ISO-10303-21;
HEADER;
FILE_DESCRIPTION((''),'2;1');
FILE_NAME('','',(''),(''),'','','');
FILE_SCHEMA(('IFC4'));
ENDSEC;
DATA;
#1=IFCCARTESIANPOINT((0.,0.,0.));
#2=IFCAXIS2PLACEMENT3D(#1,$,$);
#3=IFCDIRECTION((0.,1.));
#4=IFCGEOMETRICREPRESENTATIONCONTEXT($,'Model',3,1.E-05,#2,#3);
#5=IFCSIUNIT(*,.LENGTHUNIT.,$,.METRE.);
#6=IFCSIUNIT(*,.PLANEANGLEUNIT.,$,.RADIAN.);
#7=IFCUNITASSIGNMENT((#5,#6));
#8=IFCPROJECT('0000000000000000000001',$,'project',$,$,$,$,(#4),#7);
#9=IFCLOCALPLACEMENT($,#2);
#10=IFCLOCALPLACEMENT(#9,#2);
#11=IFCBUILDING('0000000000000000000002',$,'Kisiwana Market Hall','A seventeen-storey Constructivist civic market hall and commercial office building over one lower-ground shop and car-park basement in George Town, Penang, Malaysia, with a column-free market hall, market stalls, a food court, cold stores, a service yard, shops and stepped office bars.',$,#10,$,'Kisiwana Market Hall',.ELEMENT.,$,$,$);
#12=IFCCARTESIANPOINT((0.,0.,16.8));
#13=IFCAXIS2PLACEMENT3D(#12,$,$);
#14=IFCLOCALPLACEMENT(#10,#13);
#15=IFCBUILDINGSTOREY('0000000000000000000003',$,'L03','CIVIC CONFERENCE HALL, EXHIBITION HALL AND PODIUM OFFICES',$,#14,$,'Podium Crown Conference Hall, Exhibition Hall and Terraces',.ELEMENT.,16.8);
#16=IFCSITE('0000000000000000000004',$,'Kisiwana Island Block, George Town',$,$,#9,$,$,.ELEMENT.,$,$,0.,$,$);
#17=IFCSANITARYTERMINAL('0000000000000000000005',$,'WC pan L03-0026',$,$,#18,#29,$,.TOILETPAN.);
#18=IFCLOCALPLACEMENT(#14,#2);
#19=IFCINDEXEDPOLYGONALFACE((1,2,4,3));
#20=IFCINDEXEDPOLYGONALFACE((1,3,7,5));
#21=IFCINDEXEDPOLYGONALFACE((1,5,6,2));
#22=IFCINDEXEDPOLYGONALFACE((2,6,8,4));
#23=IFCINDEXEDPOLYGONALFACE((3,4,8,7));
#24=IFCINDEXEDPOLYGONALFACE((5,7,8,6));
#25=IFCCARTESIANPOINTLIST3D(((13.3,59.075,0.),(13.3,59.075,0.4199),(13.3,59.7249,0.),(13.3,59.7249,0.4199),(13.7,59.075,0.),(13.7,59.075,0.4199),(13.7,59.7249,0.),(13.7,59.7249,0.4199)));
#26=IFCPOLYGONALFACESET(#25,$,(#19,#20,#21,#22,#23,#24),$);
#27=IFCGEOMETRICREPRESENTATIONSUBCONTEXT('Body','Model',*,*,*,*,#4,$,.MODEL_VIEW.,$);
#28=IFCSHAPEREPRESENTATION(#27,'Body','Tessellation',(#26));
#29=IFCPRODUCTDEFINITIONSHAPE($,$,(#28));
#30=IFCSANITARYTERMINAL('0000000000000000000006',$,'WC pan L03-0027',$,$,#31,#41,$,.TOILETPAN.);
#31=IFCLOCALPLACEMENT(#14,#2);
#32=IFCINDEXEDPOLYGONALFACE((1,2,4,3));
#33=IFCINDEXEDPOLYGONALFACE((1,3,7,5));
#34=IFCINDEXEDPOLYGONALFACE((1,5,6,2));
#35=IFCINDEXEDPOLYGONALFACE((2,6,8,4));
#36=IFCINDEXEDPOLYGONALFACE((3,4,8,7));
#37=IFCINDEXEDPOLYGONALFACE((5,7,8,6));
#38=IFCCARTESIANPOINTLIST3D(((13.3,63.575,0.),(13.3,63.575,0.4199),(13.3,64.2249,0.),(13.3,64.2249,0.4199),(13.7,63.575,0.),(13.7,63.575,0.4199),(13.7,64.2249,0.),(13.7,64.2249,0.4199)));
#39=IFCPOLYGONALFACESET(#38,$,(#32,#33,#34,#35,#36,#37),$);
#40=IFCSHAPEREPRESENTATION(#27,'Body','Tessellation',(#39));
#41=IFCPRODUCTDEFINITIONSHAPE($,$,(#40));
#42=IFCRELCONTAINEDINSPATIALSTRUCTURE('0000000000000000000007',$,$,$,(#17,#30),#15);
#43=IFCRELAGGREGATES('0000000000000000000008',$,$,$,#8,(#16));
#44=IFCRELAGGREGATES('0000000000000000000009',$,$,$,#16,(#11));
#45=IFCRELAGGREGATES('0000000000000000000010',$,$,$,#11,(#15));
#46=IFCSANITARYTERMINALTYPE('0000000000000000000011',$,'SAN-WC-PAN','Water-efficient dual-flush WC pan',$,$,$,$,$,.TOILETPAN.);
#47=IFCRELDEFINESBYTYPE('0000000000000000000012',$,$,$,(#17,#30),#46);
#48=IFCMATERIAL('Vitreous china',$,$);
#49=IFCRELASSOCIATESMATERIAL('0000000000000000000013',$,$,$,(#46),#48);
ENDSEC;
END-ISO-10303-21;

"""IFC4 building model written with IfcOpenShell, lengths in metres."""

from ifc_helpers import new_model, si_unit, direction, frame, origin, origin_2d, place, context, subcontext, project, spatial, rectangle, extrude, material, type_object, element, save


model = new_model("IFC4")

# Units and contexts
model_context = context("Model", 3, precision=1e-05, world=origin(), true_north=direction((0.0, 1.0)))
body_context = subcontext(model_context, "Body", "Model", "MODEL_VIEW")
ifc_project = project(units=[si_unit("LENGTHUNIT", "METRE"), si_unit("PLANEANGLEUNIT", "RADIAN")], contexts=[model_context])

# Site, building, storey
site_placement = place(None, origin())
site = spatial("IfcSite", under=ifc_project, at=site_placement, Name="Kisiwana Island Block, George Town", CompositionType="ELEMENT", RefElevation=0.0)
building_placement = place(site_placement, origin())
building = spatial("IfcBuilding", under=site, at=building_placement, Name="Kisiwana Market Hall", Description="A seventeen-storey Constructivist civic market hall and commercial office building over one lower-ground shop and car-park basement in George Town, Penang, Malaysia, with a column-free market hall, market stalls, a food court, cold stores, a service yard, shops and stepped office bars.", LongName="Kisiwana Market Hall", CompositionType="ELEMENT")
storey_placement = place(building_placement, frame((0.0, 0.0, 16.8)))
storey = spatial("IfcBuildingStorey", under=building, at=storey_placement, Name="L03", Description="CIVIC CONFERENCE HALL, EXHIBITION HALL AND PODIUM OFFICES", LongName="Podium Crown Conference Hall, Exhibition Hall and Terraces", CompositionType="ELEMENT", Elevation=16.8)

# Sanitary terminals
ifc_material_1 = material(Name="Vitreous china")
sanitary_terminal_type_1 = type_object("IfcSanitaryTerminalType", Name="SAN-WC-PAN", Description="Water-efficient dual-flush WC pan", PredefinedType="TOILETPAN", material=ifc_material_1)
for number, where, z_axis, x_axis, name in (
    (1, (13.5, 59.3999, 0.0), (0.0, 0.0, 1.0), (1.0, 0.0, 0.0), "WC pan L03-0026"),
    (2, (13.5, 63.8999, 0.0), (0.0, 0.0, 1.0), (1.0, 0.0, 0.0), "WC pan L03-0027"),
):
    element("IfcSanitaryTerminal", number, at=place(storey_placement, frame(where, z_axis=z_axis, x_axis=x_axis)), inside=storey, type_object=sanitary_terminal_type_1, Name=name, PredefinedType="TOILETPAN", context=body_context, shape_type="SweptSolid", body=[
        extrude(rectangle(XDim=0.3999, YDim=0.6499, at=origin_2d()), origin(), (0.0, 0.0, 1.0), 0.4199),
    ])

save(model, "model.ifc")
